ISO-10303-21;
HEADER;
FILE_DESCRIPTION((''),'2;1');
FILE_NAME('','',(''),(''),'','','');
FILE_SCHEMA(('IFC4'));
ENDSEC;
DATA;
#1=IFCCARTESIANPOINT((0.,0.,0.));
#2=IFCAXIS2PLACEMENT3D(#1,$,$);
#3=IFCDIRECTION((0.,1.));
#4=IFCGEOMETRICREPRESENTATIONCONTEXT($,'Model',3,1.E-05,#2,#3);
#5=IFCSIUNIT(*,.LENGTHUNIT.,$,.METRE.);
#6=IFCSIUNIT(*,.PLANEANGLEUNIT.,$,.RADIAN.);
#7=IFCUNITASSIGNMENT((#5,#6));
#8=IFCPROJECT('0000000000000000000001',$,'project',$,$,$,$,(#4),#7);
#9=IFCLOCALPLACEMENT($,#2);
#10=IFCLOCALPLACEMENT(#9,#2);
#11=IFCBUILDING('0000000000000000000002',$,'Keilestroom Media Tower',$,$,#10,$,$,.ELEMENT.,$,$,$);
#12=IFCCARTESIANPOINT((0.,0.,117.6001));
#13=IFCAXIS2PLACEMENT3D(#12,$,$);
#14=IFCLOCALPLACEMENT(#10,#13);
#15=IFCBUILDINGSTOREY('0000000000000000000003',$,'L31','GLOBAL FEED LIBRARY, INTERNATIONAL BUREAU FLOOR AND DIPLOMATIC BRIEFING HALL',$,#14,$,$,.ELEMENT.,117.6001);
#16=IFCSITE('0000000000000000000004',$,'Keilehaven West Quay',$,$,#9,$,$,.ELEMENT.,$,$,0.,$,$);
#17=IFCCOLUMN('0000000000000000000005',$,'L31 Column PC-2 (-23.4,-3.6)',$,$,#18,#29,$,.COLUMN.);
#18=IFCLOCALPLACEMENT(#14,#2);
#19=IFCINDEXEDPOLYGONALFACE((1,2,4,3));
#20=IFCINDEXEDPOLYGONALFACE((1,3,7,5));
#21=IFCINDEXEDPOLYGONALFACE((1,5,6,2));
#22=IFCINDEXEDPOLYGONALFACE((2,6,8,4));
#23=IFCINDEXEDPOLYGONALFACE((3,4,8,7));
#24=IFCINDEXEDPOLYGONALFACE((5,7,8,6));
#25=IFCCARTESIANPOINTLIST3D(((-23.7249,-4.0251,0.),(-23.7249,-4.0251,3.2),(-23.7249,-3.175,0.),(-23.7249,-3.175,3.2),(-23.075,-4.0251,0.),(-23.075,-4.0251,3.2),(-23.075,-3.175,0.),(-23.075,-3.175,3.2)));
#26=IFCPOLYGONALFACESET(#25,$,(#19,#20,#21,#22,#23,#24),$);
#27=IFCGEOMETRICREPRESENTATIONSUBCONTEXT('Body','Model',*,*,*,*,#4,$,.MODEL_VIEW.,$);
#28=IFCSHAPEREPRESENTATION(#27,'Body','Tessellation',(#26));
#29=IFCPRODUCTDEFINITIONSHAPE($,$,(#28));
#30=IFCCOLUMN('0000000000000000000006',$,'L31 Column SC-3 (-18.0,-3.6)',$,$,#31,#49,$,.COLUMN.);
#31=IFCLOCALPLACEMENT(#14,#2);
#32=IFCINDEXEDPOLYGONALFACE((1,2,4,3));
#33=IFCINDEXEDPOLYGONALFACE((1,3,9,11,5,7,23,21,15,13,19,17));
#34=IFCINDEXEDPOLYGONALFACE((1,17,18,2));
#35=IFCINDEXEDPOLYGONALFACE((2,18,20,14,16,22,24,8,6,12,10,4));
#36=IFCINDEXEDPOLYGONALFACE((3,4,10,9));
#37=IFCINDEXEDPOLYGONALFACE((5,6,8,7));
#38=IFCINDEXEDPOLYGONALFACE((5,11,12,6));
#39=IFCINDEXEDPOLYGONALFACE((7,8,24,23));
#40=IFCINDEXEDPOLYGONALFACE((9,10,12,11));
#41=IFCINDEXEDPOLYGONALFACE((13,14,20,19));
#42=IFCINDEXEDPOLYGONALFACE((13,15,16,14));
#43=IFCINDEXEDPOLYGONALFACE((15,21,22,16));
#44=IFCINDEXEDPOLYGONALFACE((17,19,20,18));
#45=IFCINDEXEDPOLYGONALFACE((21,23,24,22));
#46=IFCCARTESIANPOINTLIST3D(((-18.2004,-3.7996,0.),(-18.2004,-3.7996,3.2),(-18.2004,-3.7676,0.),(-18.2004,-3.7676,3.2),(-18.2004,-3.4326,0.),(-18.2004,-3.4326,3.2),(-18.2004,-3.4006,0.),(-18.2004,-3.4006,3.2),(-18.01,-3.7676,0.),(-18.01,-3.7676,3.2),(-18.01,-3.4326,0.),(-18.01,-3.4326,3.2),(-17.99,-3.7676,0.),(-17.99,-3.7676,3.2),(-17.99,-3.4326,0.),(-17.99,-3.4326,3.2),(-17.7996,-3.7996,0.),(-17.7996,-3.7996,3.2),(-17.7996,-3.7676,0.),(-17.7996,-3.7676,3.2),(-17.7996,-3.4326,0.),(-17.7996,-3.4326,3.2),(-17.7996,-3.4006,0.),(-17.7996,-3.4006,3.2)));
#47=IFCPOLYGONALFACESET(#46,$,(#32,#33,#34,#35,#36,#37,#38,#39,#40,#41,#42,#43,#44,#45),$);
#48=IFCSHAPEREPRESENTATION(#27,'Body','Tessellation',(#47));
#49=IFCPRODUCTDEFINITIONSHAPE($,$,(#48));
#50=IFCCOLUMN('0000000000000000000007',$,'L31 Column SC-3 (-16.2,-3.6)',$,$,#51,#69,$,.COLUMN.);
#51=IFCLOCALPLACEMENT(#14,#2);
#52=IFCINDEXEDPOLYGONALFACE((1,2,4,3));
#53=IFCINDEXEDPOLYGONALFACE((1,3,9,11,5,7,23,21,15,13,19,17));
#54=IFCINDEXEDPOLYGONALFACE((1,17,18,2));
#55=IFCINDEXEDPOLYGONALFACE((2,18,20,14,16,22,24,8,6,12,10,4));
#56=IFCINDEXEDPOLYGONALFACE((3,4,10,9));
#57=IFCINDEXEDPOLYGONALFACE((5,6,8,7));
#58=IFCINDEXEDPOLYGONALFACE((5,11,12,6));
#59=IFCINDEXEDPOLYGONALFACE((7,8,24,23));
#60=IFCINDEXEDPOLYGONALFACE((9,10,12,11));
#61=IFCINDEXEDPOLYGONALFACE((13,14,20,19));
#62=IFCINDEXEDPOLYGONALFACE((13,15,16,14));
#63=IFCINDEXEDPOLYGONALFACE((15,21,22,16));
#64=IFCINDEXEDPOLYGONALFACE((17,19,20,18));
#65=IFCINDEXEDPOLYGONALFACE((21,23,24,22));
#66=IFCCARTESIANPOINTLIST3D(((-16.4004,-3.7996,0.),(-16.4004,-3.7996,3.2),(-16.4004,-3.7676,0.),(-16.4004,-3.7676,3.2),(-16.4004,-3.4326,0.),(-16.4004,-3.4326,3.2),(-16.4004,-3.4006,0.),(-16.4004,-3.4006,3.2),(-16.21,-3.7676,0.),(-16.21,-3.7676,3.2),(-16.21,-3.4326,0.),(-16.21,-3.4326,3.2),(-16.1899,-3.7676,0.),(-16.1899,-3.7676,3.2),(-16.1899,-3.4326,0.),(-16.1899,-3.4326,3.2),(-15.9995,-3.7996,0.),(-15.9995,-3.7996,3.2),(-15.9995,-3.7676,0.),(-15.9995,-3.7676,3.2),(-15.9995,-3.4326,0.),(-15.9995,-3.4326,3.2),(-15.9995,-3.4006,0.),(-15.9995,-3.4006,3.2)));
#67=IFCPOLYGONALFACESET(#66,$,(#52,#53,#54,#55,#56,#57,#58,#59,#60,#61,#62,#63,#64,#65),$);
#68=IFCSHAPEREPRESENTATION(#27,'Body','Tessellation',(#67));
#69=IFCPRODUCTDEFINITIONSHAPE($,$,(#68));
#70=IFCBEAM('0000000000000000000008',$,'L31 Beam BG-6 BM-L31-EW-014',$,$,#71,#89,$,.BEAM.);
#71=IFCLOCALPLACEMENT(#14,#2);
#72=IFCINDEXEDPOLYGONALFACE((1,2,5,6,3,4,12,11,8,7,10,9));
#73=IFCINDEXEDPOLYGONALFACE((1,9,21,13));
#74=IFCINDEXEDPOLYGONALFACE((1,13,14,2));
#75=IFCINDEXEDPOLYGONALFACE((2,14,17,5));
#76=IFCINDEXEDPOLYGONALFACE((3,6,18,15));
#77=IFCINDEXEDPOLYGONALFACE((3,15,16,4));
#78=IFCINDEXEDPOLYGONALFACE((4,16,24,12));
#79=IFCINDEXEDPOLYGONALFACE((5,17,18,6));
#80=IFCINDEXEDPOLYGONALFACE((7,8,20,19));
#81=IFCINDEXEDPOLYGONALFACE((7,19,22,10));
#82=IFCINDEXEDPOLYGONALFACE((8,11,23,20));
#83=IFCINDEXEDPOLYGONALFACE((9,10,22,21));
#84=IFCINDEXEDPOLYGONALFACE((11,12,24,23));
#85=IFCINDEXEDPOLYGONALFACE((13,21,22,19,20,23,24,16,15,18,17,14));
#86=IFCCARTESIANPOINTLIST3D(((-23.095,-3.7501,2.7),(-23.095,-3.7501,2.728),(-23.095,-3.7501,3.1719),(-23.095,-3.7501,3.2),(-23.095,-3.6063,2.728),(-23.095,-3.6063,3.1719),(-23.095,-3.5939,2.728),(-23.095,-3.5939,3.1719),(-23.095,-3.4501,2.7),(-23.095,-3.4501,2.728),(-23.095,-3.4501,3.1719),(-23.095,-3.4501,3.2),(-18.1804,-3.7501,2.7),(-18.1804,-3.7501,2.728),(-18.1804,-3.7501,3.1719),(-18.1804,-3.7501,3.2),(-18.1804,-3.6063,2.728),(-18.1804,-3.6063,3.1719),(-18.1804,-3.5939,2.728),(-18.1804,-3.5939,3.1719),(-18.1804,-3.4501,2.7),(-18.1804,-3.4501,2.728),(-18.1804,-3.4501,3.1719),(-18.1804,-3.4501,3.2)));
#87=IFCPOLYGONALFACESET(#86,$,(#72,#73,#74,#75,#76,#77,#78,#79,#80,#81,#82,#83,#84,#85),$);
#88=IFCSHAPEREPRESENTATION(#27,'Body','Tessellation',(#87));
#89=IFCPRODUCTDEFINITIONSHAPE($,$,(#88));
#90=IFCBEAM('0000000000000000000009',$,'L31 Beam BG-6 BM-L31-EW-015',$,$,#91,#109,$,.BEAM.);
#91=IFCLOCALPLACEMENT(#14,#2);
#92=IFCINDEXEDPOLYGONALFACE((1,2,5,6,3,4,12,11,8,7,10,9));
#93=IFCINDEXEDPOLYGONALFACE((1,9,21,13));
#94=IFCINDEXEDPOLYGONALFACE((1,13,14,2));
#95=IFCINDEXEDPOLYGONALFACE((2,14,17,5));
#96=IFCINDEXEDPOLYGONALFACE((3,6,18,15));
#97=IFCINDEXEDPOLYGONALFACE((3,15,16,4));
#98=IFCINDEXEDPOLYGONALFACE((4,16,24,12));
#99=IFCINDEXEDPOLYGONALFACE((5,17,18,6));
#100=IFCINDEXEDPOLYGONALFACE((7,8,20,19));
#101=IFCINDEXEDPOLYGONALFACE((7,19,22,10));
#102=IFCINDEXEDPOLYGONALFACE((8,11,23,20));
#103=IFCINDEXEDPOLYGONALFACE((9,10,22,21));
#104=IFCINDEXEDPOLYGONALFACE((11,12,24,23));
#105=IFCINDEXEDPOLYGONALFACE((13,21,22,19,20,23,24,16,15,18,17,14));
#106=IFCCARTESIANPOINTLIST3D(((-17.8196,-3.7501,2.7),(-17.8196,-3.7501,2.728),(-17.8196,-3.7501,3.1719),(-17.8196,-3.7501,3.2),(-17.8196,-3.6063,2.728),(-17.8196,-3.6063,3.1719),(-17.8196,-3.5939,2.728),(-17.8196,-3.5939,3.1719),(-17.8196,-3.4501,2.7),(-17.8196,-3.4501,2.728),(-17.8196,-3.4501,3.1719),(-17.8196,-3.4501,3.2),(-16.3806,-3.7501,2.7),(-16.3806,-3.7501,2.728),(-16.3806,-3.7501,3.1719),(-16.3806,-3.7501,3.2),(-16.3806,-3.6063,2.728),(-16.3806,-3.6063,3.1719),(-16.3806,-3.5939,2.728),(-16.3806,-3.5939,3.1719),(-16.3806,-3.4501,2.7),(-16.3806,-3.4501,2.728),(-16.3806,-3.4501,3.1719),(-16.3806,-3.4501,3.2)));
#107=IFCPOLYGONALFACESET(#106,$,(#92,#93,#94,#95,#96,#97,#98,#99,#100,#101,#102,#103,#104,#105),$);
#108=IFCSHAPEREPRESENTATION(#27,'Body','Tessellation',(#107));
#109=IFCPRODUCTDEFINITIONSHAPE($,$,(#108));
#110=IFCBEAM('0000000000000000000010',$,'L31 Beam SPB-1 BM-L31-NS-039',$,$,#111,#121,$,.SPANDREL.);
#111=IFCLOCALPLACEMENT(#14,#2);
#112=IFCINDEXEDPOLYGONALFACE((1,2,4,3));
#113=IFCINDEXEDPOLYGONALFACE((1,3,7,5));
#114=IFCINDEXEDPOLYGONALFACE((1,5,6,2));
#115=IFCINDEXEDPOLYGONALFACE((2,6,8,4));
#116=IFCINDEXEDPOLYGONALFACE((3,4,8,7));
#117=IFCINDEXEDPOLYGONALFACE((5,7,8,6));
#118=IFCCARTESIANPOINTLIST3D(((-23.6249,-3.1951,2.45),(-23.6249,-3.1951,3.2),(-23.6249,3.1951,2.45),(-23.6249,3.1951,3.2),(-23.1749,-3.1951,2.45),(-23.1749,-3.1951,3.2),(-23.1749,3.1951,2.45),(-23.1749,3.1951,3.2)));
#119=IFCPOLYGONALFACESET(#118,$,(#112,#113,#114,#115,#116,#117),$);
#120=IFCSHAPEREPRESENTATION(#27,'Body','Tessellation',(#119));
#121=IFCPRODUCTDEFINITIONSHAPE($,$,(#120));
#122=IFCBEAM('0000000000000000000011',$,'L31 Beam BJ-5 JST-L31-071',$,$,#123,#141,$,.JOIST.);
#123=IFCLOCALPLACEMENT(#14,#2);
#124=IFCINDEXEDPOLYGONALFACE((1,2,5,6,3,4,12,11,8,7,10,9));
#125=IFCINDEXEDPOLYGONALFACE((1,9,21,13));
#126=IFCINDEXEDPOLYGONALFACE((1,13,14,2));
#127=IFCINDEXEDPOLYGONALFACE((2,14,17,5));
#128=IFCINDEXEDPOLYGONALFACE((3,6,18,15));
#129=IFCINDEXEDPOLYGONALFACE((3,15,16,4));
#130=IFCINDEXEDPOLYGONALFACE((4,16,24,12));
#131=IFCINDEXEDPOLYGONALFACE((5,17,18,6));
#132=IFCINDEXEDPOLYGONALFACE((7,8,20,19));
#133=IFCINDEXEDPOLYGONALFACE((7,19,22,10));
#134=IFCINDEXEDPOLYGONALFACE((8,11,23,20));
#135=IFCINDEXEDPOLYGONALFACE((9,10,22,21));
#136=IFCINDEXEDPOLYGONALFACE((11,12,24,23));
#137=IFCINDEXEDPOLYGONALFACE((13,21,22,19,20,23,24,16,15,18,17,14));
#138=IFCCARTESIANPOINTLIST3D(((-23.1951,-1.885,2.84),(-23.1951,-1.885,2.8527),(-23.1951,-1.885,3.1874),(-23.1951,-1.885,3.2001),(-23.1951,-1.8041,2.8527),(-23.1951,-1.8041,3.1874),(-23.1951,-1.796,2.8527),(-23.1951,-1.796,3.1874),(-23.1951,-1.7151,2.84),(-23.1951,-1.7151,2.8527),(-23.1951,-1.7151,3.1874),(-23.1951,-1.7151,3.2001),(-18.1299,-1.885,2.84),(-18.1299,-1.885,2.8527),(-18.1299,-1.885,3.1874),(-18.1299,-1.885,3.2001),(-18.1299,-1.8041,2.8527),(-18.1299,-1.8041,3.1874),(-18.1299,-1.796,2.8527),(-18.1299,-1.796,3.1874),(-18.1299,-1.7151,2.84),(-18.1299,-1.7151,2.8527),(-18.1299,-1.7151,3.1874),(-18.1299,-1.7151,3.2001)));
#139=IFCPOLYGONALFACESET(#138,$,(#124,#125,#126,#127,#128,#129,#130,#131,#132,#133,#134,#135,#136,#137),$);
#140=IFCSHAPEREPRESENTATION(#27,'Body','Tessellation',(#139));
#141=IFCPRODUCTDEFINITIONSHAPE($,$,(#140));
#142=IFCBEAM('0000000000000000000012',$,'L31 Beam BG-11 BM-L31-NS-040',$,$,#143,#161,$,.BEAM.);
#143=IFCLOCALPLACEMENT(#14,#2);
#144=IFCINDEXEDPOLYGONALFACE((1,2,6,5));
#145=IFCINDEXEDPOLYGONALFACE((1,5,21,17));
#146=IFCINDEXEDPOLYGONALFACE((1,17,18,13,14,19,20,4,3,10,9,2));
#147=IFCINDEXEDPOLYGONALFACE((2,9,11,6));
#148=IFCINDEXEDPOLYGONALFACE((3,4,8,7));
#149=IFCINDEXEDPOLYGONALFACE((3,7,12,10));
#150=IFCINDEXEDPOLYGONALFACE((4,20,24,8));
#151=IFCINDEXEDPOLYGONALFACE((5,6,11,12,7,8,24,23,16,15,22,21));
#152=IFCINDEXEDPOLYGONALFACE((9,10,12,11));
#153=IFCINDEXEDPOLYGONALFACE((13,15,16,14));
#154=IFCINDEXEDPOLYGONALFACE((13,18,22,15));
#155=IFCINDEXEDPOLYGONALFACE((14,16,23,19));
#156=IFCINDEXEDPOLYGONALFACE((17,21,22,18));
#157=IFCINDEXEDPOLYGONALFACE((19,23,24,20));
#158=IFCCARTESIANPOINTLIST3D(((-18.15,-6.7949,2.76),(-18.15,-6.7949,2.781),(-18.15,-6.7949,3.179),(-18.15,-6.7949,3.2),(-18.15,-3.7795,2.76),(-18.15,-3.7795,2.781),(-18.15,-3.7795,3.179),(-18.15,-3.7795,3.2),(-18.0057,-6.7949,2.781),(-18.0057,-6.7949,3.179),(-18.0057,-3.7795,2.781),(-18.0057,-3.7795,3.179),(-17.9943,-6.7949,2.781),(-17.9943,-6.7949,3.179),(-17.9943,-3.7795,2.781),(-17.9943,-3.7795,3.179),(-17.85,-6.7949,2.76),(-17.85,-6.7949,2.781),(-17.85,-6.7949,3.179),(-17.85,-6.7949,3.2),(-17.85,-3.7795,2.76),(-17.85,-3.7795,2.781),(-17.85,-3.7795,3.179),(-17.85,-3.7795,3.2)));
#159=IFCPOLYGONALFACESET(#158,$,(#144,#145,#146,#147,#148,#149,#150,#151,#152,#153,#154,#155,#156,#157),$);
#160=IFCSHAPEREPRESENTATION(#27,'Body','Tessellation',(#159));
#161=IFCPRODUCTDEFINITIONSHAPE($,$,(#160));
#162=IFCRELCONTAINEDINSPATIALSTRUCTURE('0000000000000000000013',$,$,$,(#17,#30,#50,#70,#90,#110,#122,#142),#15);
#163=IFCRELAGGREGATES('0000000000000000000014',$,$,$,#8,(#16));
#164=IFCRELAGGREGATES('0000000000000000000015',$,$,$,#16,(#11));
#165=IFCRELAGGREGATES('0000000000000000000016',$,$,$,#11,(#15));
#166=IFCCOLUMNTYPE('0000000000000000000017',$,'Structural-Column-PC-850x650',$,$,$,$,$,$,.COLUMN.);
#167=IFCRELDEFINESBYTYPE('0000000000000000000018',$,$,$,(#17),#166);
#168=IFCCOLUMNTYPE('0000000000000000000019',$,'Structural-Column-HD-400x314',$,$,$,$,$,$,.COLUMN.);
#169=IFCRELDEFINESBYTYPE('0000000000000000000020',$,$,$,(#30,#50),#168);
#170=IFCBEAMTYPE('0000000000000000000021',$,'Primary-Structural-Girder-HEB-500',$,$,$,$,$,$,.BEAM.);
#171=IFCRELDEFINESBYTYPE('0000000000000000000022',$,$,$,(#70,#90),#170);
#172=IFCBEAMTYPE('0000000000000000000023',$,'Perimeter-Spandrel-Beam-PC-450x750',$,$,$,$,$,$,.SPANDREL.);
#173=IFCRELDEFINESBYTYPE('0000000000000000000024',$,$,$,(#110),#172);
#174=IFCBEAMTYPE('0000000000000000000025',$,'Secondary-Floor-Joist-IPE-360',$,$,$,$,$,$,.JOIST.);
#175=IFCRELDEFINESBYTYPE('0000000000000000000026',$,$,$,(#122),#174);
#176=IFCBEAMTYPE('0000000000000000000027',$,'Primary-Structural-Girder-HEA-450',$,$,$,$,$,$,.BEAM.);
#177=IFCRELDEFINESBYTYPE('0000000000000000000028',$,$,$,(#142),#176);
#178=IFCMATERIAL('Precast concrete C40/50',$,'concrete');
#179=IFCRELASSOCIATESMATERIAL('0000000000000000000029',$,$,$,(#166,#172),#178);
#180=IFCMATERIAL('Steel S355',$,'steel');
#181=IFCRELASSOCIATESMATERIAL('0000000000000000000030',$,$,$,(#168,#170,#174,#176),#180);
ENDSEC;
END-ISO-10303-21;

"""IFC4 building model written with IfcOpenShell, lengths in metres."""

from ifc_helpers import new_model, si_unit, direction, frame, origin, origin_2d, place, context, subcontext, project, spatial, rectangle, i_section, extrude, source, transform, mapped, material, material_profile, profile_set, type_object, element, save


model = new_model("IFC4")

# Units and contexts
model_context = context("Model", 3, precision=1e-05, world=origin(), true_north=direction((0.0, 1.0)))
body_context = subcontext(model_context, "Body", "Model", "MODEL_VIEW")
ifc_project = project(units=[si_unit("LENGTHUNIT", "METRE"), si_unit("PLANEANGLEUNIT", "RADIAN")], contexts=[model_context])

# Site, building, storey
site_placement = place(None, origin())
site = spatial("IfcSite", under=ifc_project, at=site_placement, Name="Keilehaven West Quay", CompositionType="ELEMENT", RefElevation=0.0)
building_placement = place(site_placement, origin())
building = spatial("IfcBuilding", under=site, at=building_placement, Name="Keilestroom Media Tower", CompositionType="ELEMENT")
storey_placement = place(building_placement, frame((0.0, 0.0, 117.6001)))
storey = spatial("IfcBuildingStorey", under=building, at=storey_placement, Name="L31", Description="GLOBAL FEED LIBRARY, INTERNATIONAL BUREAU FLOOR AND DIPLOMATIC BRIEFING HALL", CompositionType="ELEMENT", Elevation=117.6001)

# Columns
ifc_material_1 = material(Name="Precast concrete C40/50", Category="concrete")
ifc_material_profile_1 = material_profile(ifc_material_1, rectangle(XDim=0.6499, YDim=0.8501, at=origin_2d()), Name="PC 850x650")
ifc_profile_set_1 = profile_set([ifc_material_profile_1], Name="Precast concrete C40/50")
column_type_1 = type_object("IfcColumnType", Name="Structural-Column-PC-850x650", PredefinedType="COLUMN", material=ifc_profile_set_1)
shared_shape_1 = source(origin(), body_context, "Body", "SweptSolid", [
    extrude(rectangle(XDim=0.6499, YDim=0.8501, at=origin_2d()), origin(), (0.0, 0.0, 1.0), 3.2),
])
column_placement = place(storey_placement, frame((-23.3999, -3.6001, 0.0), z_axis=(0.0, 0.0, 1.0), x_axis=(1.0, 0.0, 0.0)))
element("IfcColumn", 1, at=column_placement, inside=storey, type_object=column_type_1, Name="L31 Column PC-2 (-23.4,-3.6)", PredefinedType="COLUMN", context=body_context, shape_type="MappedRepresentation", body=[
    mapped(shared_shape_1, transform((0.0, 0.0, 0.0), x_axis=(1.0, 0.0, 0.0), y_axis=(0.0, 1.0, 0.0), z_axis=(0.0, 0.0, 1.0), scale=1.0)),
])
ifc_material_2 = material(Name="Steel S355", Category="steel")
ifc_material_profile_2 = material_profile(ifc_material_2, i_section(OverallWidth=0.4009, OverallDepth=0.3989, WebThickness=0.02, FlangeThickness=0.032, at=origin_2d()), Name="HD 400x314")
ifc_profile_set_2 = profile_set([ifc_material_profile_2], Name="Steel S355")
column_type_2 = type_object("IfcColumnType", Name="Structural-Column-HD-400x314", PredefinedType="COLUMN", material=ifc_profile_set_2)
shared_shape_2 = source(origin(), body_context, "Body", "SweptSolid", [
    extrude(i_section(OverallWidth=0.4009, OverallDepth=0.3989, WebThickness=0.02, FlangeThickness=0.032, at=origin_2d()), origin(), (0.0, 0.0, 1.0), 3.2),
])
for number, where, z_axis, x_axis, name in (
    (2, (-18.0, -3.6001, 0.0), (0.0, 0.0, 1.0), (1.0, 0.0, 0.0), "L31 Column SC-3 (-18.0,-3.6)"),
    (3, (-16.2, -3.6001, 0.0), (0.0, 0.0, 1.0), (1.0, 0.0, 0.0), "L31 Column SC-3 (-16.2,-3.6)"),
):
    element("IfcColumn", number, at=place(storey_placement, frame(where, z_axis=z_axis, x_axis=x_axis)), inside=storey, type_object=column_type_2, Name=name, PredefinedType="COLUMN", context=body_context, shape_type="MappedRepresentation", body=[
        mapped(shared_shape_2, transform((0.0, 0.0, 0.0), x_axis=(1.0, 0.0, 0.0), y_axis=(0.0, 1.0, 0.0), z_axis=(0.0, 0.0, 1.0), scale=1.0)),
    ])

# Beams
ifc_material_profile_3 = material_profile(ifc_material_2, i_section(OverallWidth=0.3, OverallDepth=0.5, WebThickness=0.0125, FlangeThickness=0.0281, at=origin_2d()), Name="HEB 500")
ifc_profile_set_3 = profile_set([ifc_material_profile_3], Name="Steel S355")
beam_type_1 = type_object("IfcBeamType", Name="Primary-Structural-Girder-HEB-500", PredefinedType="BEAM", material=ifc_profile_set_3)
shared_shape_3 = source(origin(), body_context, "Body", "SweptSolid", [
    extrude(i_section(OverallWidth=0.3, OverallDepth=0.5, WebThickness=0.0125, FlangeThickness=0.0281, at=origin_2d()), origin(), (0.0, 0.0, 1.0), 4.9146),
])
beam_1_placement = place(storey_placement, frame((-23.095, -3.6001, 2.95), z_axis=(1.0, 0.0, 0.0), x_axis=(0.0, 1.0, 0.0)))
element("IfcBeam", 4, at=beam_1_placement, inside=storey, type_object=beam_type_1, Name="L31 Beam BG-6 BM-L31-EW-014", PredefinedType="BEAM", context=body_context, shape_type="MappedRepresentation", body=[
    mapped(shared_shape_3, transform((0.0, 0.0, 0.0), x_axis=(1.0, 0.0, 0.0), y_axis=(0.0, 1.0, 0.0), z_axis=(0.0, 0.0, 1.0), scale=1.0)),
])
shared_shape_4 = source(origin(), body_context, "Body", "SweptSolid", [
    extrude(i_section(OverallWidth=0.3, OverallDepth=0.5, WebThickness=0.0125, FlangeThickness=0.0281, at=origin_2d()), origin(), (0.0, 0.0, 1.0), 1.439),
])
beam_2_placement = place(storey_placement, frame((-17.8196, -3.6001, 2.95), z_axis=(1.0, 0.0, 0.0), x_axis=(0.0, 1.0, 0.0)))
element("IfcBeam", 5, at=beam_2_placement, inside=storey, type_object=beam_type_1, Name="L31 Beam BG-6 BM-L31-EW-015", PredefinedType="BEAM", context=body_context, shape_type="MappedRepresentation", body=[
    mapped(shared_shape_4, transform((0.0, 0.0, 0.0), x_axis=(1.0, 0.0, 0.0), y_axis=(0.0, 1.0, 0.0), z_axis=(0.0, 0.0, 1.0), scale=1.0)),
])
ifc_material_profile_4 = material_profile(ifc_material_1, rectangle(XDim=0.45, YDim=0.75, at=origin_2d()), Name="PC 450x750")
ifc_profile_set_4 = profile_set([ifc_material_profile_4], Name="Precast concrete C40/50")
beam_type_2 = type_object("IfcBeamType", Name="Perimeter-Spandrel-Beam-PC-450x750", PredefinedType="SPANDREL", material=ifc_profile_set_4)
shared_shape_5 = source(origin(), body_context, "Body", "SweptSolid", [
    extrude(rectangle(XDim=0.45, YDim=0.75, at=origin_2d()), origin(), (0.0, 0.0, 1.0), 6.3901),
])
beam_3_placement = place(storey_placement, frame((-23.3999, -3.1951, 2.825), z_axis=(0.0, 1.0, 0.0), x_axis=(-1.0, 0.0, 0.0)))
element("IfcBeam", 6, at=beam_3_placement, inside=storey, type_object=beam_type_2, Name="L31 Beam SPB-1 BM-L31-NS-039", PredefinedType="SPANDREL", context=body_context, shape_type="MappedRepresentation", body=[
    mapped(shared_shape_5, transform((0.0, 0.0, 0.0), x_axis=(1.0, 0.0, 0.0), y_axis=(0.0, 1.0, 0.0), z_axis=(0.0, 0.0, 1.0), scale=1.0)),
])
ifc_material_profile_5 = material_profile(ifc_material_2, i_section(OverallWidth=0.1699, OverallDepth=0.3601, WebThickness=0.0081, FlangeThickness=0.0127, at=origin_2d()), Name="IPE 360")
ifc_profile_set_5 = profile_set([ifc_material_profile_5], Name="Steel S355")
beam_type_3 = type_object("IfcBeamType", Name="Secondary-Floor-Joist-IPE-360", PredefinedType="JOIST", material=ifc_profile_set_5)
shared_shape_6 = source(origin(), body_context, "Body", "SweptSolid", [
    extrude(i_section(OverallWidth=0.1699, OverallDepth=0.3601, WebThickness=0.0081, FlangeThickness=0.0127, at=origin_2d()), origin(), (0.0, 0.0, 1.0), 5.0652),
])
beam_4_placement = place(storey_placement, frame((-23.1951, -1.8, 3.02), z_axis=(1.0, 0.0, 0.0), x_axis=(0.0, 1.0, 0.0)))
element("IfcBeam", 7, at=beam_4_placement, inside=storey, type_object=beam_type_3, Name="L31 Beam BJ-5 JST-L31-071", PredefinedType="JOIST", context=body_context, shape_type="MappedRepresentation", body=[
    mapped(shared_shape_6, transform((0.0, 0.0, 0.0), x_axis=(1.0, 0.0, 0.0), y_axis=(0.0, 1.0, 0.0), z_axis=(0.0, 0.0, 1.0), scale=1.0)),
])
ifc_material_profile_6 = material_profile(ifc_material_2, i_section(OverallWidth=0.3, OverallDepth=0.4399, WebThickness=0.0115, FlangeThickness=0.021, at=origin_2d()), Name="HEA 450")
ifc_profile_set_6 = profile_set([ifc_material_profile_6], Name="Steel S355")
beam_type_4 = type_object("IfcBeamType", Name="Primary-Structural-Girder-HEA-450", PredefinedType="BEAM", material=ifc_profile_set_6)
shared_shape_7 = source(origin(), body_context, "Body", "SweptSolid", [
    extrude(i_section(OverallWidth=0.3, OverallDepth=0.4399, WebThickness=0.0115, FlangeThickness=0.021, at=origin_2d()), origin(), (0.0, 0.0, 1.0), 3.0154),
])
beam_5_placement = place(storey_placement, frame((-18.0, -6.7949, 2.98), z_axis=(0.0, 1.0, 0.0), x_axis=(-1.0, 0.0, 0.0)))
element("IfcBeam", 8, at=beam_5_placement, inside=storey, type_object=beam_type_4, Name="L31 Beam BG-11 BM-L31-NS-040", PredefinedType="BEAM", context=body_context, shape_type="MappedRepresentation", body=[
    mapped(shared_shape_7, transform((0.0, 0.0, 0.0), x_axis=(1.0, 0.0, 0.0), y_axis=(0.0, 1.0, 0.0), z_axis=(0.0, 0.0, 1.0), scale=1.0)),
])

save(model, "model.ifc")
